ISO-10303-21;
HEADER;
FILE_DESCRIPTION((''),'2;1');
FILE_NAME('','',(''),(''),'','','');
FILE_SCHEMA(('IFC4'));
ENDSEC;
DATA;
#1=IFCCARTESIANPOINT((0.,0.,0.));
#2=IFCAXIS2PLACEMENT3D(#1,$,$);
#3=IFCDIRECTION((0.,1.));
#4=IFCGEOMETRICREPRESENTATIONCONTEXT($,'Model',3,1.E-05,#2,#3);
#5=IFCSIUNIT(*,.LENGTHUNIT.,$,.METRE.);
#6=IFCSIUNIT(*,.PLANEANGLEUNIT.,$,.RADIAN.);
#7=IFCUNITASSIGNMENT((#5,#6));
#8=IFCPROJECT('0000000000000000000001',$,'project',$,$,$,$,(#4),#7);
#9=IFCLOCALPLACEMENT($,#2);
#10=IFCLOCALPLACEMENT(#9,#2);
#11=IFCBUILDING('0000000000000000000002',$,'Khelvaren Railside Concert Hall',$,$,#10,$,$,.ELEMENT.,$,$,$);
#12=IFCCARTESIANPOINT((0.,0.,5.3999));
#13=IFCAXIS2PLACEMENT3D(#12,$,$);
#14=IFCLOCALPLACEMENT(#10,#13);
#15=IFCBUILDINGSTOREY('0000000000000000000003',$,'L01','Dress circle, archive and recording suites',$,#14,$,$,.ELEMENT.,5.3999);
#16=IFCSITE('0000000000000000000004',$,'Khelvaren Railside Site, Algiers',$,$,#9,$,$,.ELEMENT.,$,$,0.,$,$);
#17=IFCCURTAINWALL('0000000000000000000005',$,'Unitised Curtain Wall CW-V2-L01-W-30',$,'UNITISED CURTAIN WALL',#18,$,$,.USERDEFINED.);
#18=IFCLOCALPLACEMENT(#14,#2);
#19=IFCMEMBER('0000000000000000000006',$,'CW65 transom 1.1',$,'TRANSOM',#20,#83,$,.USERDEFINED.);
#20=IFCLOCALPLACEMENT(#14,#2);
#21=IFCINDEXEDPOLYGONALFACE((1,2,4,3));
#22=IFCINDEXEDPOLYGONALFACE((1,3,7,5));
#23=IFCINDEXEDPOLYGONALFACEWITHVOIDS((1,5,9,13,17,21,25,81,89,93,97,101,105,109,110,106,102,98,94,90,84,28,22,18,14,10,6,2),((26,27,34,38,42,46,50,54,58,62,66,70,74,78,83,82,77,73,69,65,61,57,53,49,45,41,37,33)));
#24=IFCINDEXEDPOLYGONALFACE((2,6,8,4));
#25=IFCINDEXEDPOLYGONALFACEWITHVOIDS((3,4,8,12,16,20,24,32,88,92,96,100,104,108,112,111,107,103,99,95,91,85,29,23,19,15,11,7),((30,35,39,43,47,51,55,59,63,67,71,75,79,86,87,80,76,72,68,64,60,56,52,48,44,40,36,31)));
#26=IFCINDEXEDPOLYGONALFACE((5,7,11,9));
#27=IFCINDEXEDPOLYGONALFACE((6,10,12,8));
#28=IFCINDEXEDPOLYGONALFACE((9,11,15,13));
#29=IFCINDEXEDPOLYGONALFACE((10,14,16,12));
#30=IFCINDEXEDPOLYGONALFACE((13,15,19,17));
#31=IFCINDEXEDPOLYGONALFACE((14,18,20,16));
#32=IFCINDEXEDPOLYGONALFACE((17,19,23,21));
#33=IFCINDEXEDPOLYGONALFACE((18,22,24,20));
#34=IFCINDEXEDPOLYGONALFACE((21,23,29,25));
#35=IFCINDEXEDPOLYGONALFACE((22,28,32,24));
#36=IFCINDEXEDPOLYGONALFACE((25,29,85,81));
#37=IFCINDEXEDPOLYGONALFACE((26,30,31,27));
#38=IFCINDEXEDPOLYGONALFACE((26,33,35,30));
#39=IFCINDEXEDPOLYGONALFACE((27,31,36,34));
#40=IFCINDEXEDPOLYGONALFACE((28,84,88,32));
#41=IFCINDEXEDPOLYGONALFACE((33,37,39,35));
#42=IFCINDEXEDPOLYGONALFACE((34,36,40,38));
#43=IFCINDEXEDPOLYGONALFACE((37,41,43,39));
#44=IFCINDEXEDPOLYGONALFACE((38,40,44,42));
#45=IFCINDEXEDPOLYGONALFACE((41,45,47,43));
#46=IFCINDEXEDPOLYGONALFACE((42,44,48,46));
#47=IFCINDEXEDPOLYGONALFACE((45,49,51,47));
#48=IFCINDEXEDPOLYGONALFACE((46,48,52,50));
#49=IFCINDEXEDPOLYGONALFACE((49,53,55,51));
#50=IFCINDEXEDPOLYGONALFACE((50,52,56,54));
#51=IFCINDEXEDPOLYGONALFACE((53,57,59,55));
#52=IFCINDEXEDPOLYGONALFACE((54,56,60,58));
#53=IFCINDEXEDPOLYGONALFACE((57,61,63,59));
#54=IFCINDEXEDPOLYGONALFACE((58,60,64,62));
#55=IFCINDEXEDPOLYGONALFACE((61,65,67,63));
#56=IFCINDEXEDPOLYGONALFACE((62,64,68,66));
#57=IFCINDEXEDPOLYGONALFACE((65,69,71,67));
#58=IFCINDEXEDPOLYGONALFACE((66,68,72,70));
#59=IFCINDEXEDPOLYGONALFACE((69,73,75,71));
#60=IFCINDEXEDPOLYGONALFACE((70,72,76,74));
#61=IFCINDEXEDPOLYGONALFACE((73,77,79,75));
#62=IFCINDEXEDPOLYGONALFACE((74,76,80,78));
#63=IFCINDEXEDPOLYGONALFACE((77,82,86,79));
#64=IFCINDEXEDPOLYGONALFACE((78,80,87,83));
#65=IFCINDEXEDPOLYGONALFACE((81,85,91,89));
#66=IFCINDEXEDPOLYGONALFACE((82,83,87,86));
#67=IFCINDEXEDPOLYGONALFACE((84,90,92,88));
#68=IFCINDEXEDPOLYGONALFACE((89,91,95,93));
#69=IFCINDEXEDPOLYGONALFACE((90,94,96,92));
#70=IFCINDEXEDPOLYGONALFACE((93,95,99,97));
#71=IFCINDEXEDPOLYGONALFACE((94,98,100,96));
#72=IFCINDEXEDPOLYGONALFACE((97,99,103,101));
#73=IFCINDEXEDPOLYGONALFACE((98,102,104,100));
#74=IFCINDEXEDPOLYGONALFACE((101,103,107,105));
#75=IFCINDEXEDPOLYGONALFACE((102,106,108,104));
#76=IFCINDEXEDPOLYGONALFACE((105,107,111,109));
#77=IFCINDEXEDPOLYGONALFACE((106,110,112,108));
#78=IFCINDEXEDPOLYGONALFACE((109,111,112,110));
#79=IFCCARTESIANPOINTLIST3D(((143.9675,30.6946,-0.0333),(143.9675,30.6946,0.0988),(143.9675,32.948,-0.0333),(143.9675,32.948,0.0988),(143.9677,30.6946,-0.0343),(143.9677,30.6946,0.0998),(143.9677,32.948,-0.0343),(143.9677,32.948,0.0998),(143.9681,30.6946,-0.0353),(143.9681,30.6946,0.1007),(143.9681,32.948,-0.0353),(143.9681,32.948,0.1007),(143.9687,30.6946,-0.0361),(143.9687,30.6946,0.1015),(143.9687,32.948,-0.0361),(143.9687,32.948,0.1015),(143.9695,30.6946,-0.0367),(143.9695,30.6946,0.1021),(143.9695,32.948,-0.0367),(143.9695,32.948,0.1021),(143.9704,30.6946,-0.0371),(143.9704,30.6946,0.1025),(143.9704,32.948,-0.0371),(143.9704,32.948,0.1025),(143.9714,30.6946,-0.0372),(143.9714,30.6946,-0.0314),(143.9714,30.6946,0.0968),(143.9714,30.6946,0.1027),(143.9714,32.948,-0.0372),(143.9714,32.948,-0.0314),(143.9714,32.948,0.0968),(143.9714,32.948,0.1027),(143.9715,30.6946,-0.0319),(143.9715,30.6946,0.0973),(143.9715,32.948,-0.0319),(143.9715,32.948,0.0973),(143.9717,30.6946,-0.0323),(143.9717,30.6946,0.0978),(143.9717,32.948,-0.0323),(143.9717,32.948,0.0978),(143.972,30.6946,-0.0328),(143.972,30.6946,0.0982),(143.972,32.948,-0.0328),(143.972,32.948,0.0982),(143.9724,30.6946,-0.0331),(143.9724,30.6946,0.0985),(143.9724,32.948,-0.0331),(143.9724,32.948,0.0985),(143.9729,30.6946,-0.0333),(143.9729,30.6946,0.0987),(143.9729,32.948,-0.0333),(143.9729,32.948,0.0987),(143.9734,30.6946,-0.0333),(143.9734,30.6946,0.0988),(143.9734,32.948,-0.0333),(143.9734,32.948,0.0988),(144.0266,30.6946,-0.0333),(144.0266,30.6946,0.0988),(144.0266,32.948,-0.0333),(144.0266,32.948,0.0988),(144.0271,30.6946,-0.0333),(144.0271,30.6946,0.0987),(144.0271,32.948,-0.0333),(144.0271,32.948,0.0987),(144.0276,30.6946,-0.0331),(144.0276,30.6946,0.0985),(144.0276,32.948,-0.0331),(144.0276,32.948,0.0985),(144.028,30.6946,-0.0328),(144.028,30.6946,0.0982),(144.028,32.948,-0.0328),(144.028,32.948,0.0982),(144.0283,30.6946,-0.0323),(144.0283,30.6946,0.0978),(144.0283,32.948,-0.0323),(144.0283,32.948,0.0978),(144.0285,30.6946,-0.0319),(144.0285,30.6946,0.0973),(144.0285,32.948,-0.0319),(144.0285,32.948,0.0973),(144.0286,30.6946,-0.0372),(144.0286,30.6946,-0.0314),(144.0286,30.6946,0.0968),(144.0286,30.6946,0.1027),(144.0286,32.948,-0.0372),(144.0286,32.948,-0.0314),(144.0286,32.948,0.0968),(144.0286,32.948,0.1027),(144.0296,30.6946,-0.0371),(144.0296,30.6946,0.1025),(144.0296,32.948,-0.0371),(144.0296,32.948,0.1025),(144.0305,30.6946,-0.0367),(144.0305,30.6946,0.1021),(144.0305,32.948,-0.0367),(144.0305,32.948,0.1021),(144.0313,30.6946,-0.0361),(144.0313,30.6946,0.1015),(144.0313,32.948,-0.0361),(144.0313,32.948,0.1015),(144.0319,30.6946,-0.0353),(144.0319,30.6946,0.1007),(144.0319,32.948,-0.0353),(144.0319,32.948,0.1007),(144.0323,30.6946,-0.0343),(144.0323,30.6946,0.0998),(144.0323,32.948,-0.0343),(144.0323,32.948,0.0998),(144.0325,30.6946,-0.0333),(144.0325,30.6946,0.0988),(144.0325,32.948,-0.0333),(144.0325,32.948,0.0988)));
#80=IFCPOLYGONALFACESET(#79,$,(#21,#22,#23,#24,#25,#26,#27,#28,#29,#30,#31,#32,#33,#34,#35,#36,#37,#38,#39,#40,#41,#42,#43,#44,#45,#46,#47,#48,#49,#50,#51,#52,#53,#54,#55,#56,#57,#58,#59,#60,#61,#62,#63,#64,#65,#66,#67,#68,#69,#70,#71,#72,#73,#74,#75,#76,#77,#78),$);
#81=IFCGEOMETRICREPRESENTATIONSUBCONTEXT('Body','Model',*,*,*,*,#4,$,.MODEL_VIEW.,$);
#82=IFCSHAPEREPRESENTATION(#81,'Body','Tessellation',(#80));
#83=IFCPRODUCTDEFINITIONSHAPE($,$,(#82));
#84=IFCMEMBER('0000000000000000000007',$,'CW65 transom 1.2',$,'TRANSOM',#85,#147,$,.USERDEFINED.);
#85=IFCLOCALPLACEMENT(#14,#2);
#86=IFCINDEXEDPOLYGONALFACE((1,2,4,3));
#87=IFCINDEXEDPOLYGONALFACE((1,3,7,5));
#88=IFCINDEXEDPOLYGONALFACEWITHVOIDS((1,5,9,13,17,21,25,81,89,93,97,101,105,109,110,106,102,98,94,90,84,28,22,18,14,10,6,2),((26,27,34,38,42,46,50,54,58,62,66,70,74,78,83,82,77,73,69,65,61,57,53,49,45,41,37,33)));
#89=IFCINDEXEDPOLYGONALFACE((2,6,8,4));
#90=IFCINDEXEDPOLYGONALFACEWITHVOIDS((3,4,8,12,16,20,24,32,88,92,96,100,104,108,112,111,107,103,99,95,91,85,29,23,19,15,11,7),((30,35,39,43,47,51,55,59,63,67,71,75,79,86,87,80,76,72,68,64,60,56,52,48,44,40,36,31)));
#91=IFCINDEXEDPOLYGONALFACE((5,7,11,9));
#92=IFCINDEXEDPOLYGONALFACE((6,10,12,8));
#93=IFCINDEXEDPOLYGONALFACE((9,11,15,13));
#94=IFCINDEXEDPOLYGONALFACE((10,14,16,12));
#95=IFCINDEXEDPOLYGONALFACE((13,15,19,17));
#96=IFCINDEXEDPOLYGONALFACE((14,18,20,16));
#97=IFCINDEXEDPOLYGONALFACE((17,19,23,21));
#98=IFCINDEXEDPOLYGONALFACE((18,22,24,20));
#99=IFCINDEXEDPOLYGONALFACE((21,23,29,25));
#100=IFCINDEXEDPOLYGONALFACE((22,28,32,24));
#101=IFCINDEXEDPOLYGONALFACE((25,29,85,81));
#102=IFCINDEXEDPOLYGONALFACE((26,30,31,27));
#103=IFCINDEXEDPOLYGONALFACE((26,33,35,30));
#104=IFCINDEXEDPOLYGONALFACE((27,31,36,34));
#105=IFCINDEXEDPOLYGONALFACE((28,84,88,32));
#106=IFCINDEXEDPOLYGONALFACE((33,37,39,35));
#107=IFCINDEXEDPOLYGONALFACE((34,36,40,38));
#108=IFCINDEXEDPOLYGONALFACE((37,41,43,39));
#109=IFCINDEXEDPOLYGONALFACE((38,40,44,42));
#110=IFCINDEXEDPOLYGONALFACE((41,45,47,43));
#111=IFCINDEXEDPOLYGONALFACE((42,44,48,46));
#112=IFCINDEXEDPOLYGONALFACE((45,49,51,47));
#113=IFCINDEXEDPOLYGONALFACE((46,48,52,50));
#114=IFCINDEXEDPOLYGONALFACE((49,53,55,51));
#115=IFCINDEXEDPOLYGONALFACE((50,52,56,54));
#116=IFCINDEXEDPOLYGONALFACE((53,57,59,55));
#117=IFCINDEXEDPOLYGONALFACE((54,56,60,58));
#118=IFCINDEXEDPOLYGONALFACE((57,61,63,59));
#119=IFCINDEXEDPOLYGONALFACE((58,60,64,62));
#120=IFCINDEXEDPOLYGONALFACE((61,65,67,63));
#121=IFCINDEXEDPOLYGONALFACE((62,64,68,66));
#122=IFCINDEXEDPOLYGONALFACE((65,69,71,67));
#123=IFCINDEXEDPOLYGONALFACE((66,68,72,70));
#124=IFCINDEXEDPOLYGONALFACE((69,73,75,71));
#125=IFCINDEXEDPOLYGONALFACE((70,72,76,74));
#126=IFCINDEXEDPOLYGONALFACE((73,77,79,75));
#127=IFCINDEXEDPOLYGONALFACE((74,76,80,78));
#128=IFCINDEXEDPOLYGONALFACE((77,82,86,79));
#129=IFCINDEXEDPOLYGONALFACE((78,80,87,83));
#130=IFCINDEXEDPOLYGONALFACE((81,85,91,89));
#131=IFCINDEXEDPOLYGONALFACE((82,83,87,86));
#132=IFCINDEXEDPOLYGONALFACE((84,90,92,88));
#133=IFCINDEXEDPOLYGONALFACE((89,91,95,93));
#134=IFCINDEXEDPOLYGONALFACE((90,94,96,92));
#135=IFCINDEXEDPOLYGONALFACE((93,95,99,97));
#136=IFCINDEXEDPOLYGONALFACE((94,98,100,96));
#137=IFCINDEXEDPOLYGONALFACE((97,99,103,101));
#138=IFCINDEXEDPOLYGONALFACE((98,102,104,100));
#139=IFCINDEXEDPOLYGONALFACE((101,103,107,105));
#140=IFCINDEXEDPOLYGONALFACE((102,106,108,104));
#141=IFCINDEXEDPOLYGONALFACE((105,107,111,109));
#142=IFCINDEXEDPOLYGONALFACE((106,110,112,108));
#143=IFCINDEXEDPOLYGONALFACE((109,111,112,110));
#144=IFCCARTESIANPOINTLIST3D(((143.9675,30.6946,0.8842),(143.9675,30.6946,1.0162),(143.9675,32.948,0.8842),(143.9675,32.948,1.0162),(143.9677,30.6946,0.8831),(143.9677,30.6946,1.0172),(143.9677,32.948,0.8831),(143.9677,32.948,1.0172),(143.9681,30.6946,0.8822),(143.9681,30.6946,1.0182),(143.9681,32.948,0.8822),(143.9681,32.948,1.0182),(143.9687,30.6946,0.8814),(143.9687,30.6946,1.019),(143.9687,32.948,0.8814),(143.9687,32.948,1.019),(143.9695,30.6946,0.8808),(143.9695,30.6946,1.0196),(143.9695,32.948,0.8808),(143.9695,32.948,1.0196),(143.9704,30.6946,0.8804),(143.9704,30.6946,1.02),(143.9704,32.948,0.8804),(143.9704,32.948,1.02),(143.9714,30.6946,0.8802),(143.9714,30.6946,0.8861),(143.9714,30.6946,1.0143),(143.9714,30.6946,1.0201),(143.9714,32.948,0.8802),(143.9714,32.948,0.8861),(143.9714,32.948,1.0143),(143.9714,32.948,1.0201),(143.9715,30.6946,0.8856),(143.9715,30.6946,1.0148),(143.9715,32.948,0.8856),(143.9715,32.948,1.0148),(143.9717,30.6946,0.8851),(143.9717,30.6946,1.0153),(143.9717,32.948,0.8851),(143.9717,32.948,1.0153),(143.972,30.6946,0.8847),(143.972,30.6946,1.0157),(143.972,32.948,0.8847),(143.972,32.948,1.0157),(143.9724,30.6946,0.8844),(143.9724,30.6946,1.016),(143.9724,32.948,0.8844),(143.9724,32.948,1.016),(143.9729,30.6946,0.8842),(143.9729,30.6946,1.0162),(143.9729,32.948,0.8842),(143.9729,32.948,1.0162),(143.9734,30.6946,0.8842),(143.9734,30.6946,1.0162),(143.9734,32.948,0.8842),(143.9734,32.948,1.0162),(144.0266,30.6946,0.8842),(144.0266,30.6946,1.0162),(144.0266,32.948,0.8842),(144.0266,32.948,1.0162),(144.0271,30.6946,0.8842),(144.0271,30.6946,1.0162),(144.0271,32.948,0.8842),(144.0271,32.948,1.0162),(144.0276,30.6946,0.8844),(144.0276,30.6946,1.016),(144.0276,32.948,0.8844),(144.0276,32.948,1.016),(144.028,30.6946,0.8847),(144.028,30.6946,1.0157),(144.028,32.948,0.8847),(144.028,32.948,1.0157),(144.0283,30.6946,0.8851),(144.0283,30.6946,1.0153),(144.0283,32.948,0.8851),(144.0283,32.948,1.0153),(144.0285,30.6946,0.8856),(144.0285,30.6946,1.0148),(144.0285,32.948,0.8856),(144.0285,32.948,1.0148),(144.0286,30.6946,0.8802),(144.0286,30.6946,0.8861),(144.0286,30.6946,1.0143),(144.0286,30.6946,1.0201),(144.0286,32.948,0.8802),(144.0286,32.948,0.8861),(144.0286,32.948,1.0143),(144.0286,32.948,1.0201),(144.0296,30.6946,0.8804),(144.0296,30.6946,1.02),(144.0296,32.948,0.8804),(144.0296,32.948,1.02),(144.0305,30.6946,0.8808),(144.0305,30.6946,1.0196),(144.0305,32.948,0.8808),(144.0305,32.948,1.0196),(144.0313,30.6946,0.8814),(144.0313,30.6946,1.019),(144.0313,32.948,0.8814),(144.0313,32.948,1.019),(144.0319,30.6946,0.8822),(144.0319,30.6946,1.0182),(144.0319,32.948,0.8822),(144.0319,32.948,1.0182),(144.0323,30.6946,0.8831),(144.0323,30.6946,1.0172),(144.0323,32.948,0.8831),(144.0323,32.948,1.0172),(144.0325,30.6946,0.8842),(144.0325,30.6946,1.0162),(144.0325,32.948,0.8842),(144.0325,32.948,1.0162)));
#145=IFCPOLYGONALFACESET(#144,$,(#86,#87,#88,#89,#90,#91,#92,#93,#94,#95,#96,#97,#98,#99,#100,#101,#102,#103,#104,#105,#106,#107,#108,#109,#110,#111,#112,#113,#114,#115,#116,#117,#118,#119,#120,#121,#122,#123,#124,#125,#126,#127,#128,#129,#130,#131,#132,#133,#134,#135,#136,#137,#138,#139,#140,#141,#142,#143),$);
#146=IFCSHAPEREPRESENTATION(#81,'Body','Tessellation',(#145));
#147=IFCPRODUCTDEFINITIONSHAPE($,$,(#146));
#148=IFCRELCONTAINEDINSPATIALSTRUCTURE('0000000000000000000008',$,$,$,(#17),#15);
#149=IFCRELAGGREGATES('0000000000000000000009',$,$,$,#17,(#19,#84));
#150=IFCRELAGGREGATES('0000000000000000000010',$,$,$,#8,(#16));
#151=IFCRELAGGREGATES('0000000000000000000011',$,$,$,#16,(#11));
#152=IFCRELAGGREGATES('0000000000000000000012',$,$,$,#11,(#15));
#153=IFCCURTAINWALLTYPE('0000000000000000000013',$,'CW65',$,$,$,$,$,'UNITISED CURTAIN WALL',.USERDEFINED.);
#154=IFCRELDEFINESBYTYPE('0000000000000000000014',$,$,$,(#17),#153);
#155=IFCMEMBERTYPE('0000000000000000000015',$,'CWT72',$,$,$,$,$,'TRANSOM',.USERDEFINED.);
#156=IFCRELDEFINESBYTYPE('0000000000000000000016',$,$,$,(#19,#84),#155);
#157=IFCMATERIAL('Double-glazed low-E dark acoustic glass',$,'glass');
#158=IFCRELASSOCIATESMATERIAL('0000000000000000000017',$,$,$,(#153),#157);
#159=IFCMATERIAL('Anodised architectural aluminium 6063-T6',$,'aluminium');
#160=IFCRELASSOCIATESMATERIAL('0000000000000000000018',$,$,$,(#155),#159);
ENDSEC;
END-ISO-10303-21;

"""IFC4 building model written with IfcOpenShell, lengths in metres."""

from ifc_helpers import new_model, si_unit, direction, frame, origin, origin_2d, place, context, subcontext, project, spatial, hollow_rectangle, extrude, material, material_profile, profile_set, type_object, element, aggregate, save


model = new_model("IFC4")

# Units and contexts
model_context = context("Model", 3, precision=1e-05, world=origin(), true_north=direction((0.0, 1.0)))
body_context = subcontext(model_context, "Body", "Model", "MODEL_VIEW")
ifc_project = project(units=[si_unit("LENGTHUNIT", "METRE"), si_unit("PLANEANGLEUNIT", "RADIAN")], contexts=[model_context])

# Site, building, storey
site_placement = place(None, origin())
site = spatial("IfcSite", under=ifc_project, at=site_placement, Name="Khelvaren Railside Site, Algiers", CompositionType="ELEMENT", RefElevation=0.0)
building_placement = place(site_placement, origin())
building = spatial("IfcBuilding", under=site, at=building_placement, Name="Khelvaren Railside Concert Hall", CompositionType="ELEMENT")
storey_placement = place(building_placement, frame((0.0, 0.0, 5.3999)))
storey = spatial("IfcBuildingStorey", under=building, at=storey_placement, Name="L01", Description="Dress circle, archive and recording suites", CompositionType="ELEMENT", Elevation=5.3999)

# Shared definitions
ifc_material_1 = material(Name="Anodised architectural aluminium 6063-T6", Category="aluminium")

# Curtain wall, members
ifc_material_2 = material(Name="Double-glazed low-E dark acoustic glass", Category="glass")
curtain_wall_type_1 = type_object("IfcCurtainWallType", Name="CW65", ElementType="UNITISED CURTAIN WALL", PredefinedType="USERDEFINED", material=ifc_material_2)
curtain_wall_1_placement = place(storey_placement, origin())
curtain_wall_1 = element("IfcCurtainWall", 1, at=curtain_wall_1_placement, inside=storey, type_object=curtain_wall_type_1, Name="Unitised Curtain Wall CW-V2-L01-W-30", ObjectType="UNITISED CURTAIN WALL", PredefinedType="USERDEFINED")
ifc_material_profile_1 = material_profile(ifc_material_1, hollow_rectangle(XDim=0.0649, YDim=0.1399, WallThickness=0.0039, InnerFilletRadius=0.002, OuterFilletRadius=0.0039, at=origin_2d()), Name="CWT 65x140x4")
ifc_profile_set_1 = profile_set([ifc_material_profile_1], Name="Anodised architectural aluminium 6063-T6")
member_type_1 = type_object("IfcMemberType", Name="CWT72", ElementType="TRANSOM", PredefinedType="USERDEFINED", material=ifc_profile_set_1)
member_1_placement = place(storey_placement, frame((144.0, 30.6946, 0.0327), z_axis=(0.0, 1.0, 0.0), x_axis=(-1.0, 0.0, 0.0)))
member_1 = element("IfcMember", 2, at=member_1_placement, type_object=member_type_1, Name="CW65 transom 1.1", ObjectType="TRANSOM", PredefinedType="USERDEFINED", context=body_context, shape_type="SweptSolid", body=[
    extrude(hollow_rectangle(XDim=0.0649, YDim=0.1399, WallThickness=0.0039, InnerFilletRadius=0.002, OuterFilletRadius=0.0039, at=origin_2d()), origin(), (0.0, 0.0, 1.0), 2.2534),
])
member_2_placement = place(storey_placement, frame((144.0, 30.6946, 0.9502), z_axis=(0.0, 1.0, 0.0), x_axis=(-1.0, 0.0, 0.0)))
member_2 = element("IfcMember", 3, at=member_2_placement, type_object=member_type_1, Name="CW65 transom 1.2", ObjectType="TRANSOM", PredefinedType="USERDEFINED", context=body_context, shape_type="SweptSolid", body=[
    extrude(hollow_rectangle(XDim=0.0649, YDim=0.1399, WallThickness=0.0039, InnerFilletRadius=0.002, OuterFilletRadius=0.0039, at=origin_2d()), origin(), (0.0, 0.0, 1.0), 2.2534),
])

aggregate(curtain_wall_1, [member_1, member_2])

save(model, "model.ifc")
